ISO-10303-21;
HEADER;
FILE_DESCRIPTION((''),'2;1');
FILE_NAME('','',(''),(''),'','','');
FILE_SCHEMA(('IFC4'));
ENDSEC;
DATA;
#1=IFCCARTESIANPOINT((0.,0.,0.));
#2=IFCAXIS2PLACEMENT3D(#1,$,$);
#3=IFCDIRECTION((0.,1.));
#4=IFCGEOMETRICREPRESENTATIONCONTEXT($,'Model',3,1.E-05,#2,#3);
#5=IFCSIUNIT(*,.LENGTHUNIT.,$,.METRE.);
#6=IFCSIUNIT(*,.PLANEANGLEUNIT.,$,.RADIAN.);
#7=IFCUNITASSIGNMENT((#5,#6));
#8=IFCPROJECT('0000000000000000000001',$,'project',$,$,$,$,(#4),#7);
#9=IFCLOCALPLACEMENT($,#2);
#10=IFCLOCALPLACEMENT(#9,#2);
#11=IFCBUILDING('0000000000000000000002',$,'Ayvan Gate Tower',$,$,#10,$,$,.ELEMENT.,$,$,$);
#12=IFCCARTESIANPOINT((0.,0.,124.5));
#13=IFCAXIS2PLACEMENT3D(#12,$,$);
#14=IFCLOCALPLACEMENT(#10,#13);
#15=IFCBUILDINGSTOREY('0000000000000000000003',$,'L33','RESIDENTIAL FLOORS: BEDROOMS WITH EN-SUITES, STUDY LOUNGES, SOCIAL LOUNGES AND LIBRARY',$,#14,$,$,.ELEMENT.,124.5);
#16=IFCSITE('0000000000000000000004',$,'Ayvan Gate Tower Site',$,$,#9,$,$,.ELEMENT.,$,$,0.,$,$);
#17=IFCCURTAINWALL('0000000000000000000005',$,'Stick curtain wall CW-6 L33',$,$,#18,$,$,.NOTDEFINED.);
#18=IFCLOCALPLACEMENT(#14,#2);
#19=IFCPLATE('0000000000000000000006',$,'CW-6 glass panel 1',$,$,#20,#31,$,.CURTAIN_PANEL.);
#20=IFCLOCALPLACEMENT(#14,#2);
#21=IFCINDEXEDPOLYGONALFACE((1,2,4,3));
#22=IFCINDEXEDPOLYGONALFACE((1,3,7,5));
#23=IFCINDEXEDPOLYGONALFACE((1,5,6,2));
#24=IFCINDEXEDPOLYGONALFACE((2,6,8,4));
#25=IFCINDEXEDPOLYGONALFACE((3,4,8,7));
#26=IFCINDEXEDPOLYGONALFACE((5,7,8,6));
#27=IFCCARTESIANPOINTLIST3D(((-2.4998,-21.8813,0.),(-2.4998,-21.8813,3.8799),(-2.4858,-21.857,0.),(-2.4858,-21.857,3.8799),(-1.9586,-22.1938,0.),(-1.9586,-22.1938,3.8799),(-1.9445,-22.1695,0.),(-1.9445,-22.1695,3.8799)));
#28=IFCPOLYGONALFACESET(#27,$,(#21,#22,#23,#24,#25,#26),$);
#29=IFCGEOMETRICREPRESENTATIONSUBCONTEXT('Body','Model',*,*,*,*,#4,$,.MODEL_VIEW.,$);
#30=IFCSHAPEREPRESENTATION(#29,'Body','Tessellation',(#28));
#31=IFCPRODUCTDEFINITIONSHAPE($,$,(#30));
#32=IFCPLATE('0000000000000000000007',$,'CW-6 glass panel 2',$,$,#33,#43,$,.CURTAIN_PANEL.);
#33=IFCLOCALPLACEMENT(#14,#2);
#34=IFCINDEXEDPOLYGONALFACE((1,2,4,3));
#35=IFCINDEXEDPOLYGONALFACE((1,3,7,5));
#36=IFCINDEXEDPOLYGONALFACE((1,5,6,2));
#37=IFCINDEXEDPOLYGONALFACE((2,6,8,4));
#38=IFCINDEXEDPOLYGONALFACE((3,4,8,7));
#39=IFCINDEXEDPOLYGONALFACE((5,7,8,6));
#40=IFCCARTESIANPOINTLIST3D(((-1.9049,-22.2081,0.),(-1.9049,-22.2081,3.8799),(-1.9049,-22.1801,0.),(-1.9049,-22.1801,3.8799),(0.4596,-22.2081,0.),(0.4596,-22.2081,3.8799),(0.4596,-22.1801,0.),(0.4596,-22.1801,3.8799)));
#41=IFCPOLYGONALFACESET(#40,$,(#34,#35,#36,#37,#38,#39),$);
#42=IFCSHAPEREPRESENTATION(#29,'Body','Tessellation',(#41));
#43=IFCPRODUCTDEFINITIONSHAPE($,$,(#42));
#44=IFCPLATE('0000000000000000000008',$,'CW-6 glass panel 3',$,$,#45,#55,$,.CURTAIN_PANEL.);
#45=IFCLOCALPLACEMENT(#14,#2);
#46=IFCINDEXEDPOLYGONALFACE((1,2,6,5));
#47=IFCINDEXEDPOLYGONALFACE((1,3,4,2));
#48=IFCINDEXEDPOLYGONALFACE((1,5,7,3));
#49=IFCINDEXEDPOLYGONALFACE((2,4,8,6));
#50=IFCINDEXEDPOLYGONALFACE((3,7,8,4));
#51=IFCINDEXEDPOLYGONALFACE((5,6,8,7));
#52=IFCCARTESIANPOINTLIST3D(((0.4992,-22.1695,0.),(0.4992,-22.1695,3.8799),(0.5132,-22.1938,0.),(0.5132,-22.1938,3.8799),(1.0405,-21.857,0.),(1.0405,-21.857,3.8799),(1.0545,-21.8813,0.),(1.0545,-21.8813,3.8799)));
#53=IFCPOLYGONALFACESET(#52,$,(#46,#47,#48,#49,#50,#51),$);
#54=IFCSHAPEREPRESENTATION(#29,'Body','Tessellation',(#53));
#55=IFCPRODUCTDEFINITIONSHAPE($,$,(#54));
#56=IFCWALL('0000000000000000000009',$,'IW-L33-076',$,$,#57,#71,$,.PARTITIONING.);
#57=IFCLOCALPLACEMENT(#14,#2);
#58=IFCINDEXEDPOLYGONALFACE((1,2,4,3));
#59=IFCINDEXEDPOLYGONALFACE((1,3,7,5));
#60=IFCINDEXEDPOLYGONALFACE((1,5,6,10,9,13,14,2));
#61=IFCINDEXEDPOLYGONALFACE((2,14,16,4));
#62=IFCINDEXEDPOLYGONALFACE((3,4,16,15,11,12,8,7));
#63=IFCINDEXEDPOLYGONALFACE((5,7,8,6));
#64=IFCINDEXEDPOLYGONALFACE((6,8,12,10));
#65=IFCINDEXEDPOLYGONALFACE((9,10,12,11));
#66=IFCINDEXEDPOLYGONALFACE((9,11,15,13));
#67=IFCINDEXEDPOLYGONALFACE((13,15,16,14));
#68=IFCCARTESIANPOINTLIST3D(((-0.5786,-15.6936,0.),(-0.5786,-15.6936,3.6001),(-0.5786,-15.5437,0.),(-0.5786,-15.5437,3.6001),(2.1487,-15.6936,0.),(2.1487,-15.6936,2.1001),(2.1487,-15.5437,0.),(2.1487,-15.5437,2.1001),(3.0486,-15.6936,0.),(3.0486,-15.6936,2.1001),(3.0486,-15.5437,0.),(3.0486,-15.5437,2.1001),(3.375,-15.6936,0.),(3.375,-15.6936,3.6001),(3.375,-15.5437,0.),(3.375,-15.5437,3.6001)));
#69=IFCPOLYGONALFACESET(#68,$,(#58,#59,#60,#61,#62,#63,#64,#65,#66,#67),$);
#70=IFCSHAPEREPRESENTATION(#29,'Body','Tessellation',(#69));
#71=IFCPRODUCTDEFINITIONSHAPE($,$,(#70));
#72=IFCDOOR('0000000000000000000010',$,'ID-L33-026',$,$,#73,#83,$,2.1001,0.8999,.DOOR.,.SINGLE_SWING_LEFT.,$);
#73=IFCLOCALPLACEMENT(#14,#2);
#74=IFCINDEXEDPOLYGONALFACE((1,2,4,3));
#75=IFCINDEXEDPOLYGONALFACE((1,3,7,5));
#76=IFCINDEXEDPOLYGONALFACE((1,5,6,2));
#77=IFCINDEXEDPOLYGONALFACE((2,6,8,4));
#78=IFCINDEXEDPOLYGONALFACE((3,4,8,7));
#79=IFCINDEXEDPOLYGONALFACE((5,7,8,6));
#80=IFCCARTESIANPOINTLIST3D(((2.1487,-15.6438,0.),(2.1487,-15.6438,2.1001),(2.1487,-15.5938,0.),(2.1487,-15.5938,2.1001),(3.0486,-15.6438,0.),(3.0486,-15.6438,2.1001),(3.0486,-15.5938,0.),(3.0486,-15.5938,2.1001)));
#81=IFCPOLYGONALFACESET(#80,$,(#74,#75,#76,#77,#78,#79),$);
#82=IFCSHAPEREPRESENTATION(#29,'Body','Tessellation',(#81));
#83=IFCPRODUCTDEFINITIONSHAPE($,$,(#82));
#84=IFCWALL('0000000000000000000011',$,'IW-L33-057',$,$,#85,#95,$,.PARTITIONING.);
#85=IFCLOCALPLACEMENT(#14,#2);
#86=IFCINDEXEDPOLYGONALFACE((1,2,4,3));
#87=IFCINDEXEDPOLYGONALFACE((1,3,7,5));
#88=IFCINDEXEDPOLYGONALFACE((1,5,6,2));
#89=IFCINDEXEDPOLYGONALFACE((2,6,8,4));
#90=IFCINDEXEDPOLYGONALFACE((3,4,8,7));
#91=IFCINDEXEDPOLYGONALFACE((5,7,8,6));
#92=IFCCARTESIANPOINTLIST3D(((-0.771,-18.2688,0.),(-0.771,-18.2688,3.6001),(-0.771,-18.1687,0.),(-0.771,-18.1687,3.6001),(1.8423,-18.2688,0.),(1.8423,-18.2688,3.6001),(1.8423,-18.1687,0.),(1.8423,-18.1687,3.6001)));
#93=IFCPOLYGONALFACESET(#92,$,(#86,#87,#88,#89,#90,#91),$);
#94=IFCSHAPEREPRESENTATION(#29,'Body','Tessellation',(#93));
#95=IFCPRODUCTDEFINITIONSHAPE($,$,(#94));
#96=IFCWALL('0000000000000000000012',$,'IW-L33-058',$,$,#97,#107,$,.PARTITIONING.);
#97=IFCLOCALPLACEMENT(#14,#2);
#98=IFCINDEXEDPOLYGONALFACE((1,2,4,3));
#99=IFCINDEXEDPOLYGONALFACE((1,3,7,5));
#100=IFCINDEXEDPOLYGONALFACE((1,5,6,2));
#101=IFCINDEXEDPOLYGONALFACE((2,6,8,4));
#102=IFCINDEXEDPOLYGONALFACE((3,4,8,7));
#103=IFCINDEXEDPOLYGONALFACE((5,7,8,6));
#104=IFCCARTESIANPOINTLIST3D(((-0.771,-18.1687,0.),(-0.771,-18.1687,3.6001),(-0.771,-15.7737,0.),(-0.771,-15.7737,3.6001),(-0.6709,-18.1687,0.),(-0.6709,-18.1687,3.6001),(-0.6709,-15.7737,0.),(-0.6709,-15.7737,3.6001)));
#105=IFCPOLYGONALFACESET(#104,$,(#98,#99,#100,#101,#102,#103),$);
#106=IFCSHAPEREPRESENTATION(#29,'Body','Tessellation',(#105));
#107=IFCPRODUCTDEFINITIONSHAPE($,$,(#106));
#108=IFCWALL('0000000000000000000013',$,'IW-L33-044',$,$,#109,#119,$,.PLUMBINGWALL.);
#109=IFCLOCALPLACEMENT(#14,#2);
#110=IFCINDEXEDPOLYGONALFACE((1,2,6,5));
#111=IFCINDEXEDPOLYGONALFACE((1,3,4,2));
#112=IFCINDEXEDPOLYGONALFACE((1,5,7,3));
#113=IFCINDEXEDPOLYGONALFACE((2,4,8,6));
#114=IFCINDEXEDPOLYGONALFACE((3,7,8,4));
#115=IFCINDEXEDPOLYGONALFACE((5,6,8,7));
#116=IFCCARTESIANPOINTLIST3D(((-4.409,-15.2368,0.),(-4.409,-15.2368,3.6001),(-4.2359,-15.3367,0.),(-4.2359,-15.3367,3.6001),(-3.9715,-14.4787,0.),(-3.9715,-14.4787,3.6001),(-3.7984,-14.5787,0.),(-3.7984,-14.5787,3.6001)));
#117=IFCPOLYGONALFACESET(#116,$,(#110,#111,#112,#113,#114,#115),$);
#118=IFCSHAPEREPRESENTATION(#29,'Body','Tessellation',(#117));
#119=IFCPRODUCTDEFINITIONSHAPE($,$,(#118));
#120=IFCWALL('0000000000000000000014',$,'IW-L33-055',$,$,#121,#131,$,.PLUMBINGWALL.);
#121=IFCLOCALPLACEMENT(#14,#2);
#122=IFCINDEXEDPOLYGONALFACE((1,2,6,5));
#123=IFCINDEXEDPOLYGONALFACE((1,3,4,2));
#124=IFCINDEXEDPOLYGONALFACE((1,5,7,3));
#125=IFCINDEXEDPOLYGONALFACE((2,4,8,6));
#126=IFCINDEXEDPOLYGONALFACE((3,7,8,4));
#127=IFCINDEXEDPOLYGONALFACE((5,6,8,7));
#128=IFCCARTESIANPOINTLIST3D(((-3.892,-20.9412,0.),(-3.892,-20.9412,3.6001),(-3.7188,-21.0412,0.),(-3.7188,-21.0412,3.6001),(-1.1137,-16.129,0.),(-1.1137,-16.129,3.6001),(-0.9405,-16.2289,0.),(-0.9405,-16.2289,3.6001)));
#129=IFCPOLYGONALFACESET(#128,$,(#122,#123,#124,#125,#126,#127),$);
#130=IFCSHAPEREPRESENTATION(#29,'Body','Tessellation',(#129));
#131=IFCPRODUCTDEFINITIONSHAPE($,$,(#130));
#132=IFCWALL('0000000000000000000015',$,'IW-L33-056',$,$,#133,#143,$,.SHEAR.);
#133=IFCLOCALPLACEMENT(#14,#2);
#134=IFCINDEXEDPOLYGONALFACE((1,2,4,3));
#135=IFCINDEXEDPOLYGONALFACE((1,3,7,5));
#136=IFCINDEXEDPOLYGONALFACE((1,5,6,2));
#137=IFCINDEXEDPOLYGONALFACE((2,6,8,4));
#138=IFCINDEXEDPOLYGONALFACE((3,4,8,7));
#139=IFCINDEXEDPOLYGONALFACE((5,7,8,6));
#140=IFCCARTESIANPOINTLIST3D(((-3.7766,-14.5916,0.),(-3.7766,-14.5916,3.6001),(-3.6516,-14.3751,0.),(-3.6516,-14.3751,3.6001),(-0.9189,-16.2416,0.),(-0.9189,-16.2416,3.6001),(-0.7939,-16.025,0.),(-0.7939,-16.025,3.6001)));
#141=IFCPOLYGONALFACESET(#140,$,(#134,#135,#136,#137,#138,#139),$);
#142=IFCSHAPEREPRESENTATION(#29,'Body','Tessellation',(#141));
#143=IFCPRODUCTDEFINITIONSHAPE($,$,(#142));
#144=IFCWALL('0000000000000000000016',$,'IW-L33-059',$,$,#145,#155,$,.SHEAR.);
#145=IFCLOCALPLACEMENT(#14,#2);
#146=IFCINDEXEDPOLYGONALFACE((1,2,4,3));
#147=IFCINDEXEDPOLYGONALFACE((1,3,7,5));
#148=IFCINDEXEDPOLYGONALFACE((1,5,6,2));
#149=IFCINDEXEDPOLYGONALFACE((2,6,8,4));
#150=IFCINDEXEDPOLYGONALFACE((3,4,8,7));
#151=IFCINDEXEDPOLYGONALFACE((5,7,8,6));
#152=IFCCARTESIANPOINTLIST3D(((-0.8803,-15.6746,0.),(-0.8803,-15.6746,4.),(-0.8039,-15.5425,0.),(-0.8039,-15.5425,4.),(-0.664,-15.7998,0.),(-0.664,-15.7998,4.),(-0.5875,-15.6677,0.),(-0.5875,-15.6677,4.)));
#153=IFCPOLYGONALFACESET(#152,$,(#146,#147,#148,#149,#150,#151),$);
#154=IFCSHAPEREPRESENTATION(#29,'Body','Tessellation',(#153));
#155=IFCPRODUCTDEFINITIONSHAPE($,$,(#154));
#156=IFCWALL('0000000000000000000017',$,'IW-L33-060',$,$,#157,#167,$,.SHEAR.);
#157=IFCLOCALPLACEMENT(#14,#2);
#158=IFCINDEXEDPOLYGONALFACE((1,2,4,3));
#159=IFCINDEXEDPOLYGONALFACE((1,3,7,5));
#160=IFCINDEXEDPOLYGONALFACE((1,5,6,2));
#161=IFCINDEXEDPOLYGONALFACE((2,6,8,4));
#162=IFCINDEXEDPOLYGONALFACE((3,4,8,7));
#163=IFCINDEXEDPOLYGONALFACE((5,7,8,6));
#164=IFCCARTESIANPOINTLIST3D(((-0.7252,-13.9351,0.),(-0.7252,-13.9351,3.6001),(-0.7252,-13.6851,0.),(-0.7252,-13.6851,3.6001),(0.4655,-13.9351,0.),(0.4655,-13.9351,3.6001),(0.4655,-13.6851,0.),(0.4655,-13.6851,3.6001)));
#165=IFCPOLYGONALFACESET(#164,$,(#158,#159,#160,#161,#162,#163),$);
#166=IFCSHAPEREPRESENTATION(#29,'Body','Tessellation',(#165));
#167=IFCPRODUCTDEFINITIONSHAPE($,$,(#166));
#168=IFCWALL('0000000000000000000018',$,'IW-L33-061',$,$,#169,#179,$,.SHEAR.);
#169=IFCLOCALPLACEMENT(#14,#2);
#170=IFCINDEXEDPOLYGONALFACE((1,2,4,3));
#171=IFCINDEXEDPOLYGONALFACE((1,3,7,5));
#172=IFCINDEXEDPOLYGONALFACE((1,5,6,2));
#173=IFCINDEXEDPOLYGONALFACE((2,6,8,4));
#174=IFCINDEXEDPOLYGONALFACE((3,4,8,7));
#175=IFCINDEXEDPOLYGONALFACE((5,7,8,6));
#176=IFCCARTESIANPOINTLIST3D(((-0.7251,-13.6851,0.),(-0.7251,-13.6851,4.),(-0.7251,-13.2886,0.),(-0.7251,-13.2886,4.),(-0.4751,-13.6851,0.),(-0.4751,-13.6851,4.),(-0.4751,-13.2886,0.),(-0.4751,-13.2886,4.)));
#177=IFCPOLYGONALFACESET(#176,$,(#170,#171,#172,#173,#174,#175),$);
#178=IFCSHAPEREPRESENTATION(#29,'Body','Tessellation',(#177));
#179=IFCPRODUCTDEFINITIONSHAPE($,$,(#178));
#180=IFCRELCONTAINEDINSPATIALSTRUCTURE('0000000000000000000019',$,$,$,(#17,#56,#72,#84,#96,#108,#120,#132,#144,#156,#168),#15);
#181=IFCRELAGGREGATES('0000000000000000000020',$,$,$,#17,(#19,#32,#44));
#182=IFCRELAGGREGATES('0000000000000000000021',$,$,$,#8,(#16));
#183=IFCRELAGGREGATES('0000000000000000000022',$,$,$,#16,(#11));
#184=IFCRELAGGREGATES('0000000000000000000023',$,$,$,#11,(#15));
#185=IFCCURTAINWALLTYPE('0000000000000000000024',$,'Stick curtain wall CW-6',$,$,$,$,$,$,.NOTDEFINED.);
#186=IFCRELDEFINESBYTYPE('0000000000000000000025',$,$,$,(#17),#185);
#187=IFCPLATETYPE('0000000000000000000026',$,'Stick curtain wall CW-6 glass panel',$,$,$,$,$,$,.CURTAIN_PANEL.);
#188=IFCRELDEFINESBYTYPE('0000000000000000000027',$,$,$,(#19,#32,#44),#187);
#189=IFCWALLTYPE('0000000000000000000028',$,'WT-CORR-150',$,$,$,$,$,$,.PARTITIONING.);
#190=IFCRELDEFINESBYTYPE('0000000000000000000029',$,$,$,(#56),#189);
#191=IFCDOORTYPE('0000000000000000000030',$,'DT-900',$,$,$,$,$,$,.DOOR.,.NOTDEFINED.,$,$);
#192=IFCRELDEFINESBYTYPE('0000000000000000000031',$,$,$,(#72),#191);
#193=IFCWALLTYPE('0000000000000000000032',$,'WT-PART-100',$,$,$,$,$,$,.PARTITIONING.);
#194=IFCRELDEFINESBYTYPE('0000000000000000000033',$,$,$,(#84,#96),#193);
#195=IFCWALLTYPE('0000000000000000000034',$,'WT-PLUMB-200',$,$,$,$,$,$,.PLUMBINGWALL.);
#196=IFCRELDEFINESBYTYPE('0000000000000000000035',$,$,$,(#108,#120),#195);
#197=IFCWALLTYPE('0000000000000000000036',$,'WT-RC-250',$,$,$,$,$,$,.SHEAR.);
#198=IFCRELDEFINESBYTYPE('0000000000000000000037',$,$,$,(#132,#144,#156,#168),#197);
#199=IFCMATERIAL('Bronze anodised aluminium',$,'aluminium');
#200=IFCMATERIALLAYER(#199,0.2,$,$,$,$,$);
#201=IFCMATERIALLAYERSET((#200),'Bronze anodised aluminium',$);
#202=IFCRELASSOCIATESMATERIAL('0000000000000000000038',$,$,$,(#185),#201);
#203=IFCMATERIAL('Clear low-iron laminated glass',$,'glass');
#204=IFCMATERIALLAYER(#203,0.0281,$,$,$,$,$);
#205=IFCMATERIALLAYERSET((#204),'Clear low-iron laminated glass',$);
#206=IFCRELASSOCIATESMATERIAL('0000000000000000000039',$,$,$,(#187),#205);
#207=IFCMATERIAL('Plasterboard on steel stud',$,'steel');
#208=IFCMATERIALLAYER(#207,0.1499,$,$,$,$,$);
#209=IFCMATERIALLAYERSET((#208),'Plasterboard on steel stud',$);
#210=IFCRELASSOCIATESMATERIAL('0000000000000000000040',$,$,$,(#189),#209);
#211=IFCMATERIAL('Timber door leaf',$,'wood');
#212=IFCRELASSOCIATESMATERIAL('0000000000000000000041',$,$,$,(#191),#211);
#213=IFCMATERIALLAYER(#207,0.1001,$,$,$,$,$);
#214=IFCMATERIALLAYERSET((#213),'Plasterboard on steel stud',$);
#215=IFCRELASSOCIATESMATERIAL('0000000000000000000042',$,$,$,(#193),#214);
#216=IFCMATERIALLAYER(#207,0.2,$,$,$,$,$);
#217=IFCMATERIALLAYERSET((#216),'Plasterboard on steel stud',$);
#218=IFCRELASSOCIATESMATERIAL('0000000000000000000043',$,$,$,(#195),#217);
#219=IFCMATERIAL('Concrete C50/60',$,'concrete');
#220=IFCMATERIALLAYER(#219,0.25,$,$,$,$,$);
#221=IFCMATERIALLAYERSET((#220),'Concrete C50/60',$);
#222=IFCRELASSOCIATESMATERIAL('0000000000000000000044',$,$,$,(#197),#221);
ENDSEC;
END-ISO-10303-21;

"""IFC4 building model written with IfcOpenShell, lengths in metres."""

from ifc_helpers import new_model, si_unit, direction, frame, frame_2d, origin, origin_2d, place, context, subcontext, project, spatial, rectangle, extrude, material, layer, layer_set, type_object, element, fill, aggregate, save


model = new_model("IFC4")

# Units and contexts
model_context = context("Model", 3, precision=1e-05, world=origin(), true_north=direction((0.0, 1.0)))
body_context = subcontext(model_context, "Body", "Model", "MODEL_VIEW")
ifc_project = project(units=[si_unit("LENGTHUNIT", "METRE"), si_unit("PLANEANGLEUNIT", "RADIAN")], contexts=[model_context])

# Site, building, storey
site_placement = place(None, origin())
site = spatial("IfcSite", under=ifc_project, at=site_placement, Name="Ayvan Gate Tower Site", CompositionType="ELEMENT", RefElevation=0.0)
building_placement = place(site_placement, origin())
building = spatial("IfcBuilding", under=site, at=building_placement, Name="Ayvan Gate Tower", CompositionType="ELEMENT")
storey_placement = place(building_placement, frame((0.0, 0.0, 124.5)))
storey = spatial("IfcBuildingStorey", under=building, at=storey_placement, Name="L33", Description="RESIDENTIAL FLOORS: BEDROOMS WITH EN-SUITES, STUDY LOUNGES, SOCIAL LOUNGES AND LIBRARY", CompositionType="ELEMENT", Elevation=124.5)

# Shared definitions
ifc_material_1 = material(Name="Bronze anodised aluminium", Category="aluminium")

# Curtain wall
ifc_layer_1 = layer(ifc_material_1, 0.2)
ifc_layer_set_1 = layer_set([ifc_layer_1], Name="Bronze anodised aluminium")
curtain_wall_type_1 = type_object("IfcCurtainWallType", Name="Stick curtain wall CW-6", PredefinedType="NOTDEFINED", material=ifc_layer_set_1)
curtain_wall_1_placement = place(storey_placement, origin())
curtain_wall_1 = element("IfcCurtainWall", 1, at=curtain_wall_1_placement, inside=storey, type_object=curtain_wall_type_1, Name="Stick curtain wall CW-6 L33", PredefinedType="NOTDEFINED")

# Plates
ifc_material_2 = material(Name="Clear low-iron laminated glass", Category="glass")
ifc_layer_2 = layer(ifc_material_2, 0.0281)
ifc_layer_set_2 = layer_set([ifc_layer_2], Name="Clear low-iron laminated glass")
plate_type_1 = type_object("IfcPlateType", Name="Stick curtain wall CW-6 glass panel", PredefinedType="CURTAIN_PANEL", material=ifc_layer_set_2)
plate_1_placement = place(storey_placement, frame((-2.2222, -22.0254, 0.0), z_axis=(0.0, 0.0, 1.0), x_axis=(0.866025, -0.5, 0.0)))
plate_1 = element("IfcPlate", 2, at=plate_1_placement, type_object=plate_type_1, Name="CW-6 glass panel 1", PredefinedType="CURTAIN_PANEL", context=body_context, shape_type="SweptSolid", body=[
    extrude(rectangle(XDim=0.625, YDim=0.0281, at=origin_2d()), origin(), (0.0, 0.0, 1.0), 3.8799),
])
plate_2_placement = place(storey_placement, frame((-0.7227, -22.1941, 0.0), z_axis=(0.0, 0.0, 1.0), x_axis=(1.0, 0.0, 0.0)))
plate_2 = element("IfcPlate", 3, at=plate_2_placement, type_object=plate_type_1, Name="CW-6 glass panel 2", PredefinedType="CURTAIN_PANEL", context=body_context, shape_type="SweptSolid", body=[
    extrude(rectangle(XDim=2.3645, YDim=0.0281, at=origin_2d()), origin(), (0.0, 0.0, 1.0), 3.8799),
])
plate_3_placement = place(storey_placement, frame((0.7769, -22.0254, 0.0), z_axis=(0.0, 0.0, 1.0), x_axis=(0.866025, 0.5, 0.0)))
plate_3 = element("IfcPlate", 4, at=plate_3_placement, type_object=plate_type_1, Name="CW-6 glass panel 3", PredefinedType="CURTAIN_PANEL", context=body_context, shape_type="SweptSolid", body=[
    extrude(rectangle(XDim=0.625, YDim=0.0281, at=origin_2d()), origin(), (0.0, 0.0, 1.0), 3.8799),
])
aggregate(curtain_wall_1, [plate_1, plate_2, plate_3])

# Wall, opening, door
ifc_material_3 = material(Name="Plasterboard on steel stud", Category="steel")
ifc_layer_3 = layer(ifc_material_3, 0.1499)
ifc_layer_set_3 = layer_set([ifc_layer_3], Name="Plasterboard on steel stud")
wall_type_1 = type_object("IfcWallType", Name="WT-CORR-150", PredefinedType="PARTITIONING", material=ifc_layer_set_3)
wall_1_placement = place(storey_placement, frame((-0.5786, -15.6187, 0.0), z_axis=(0.0, 0.0, 1.0), x_axis=(1.0, 0.0, 0.0)))
wall_1 = element("IfcWall", 5, at=wall_1_placement, inside=storey, type_object=wall_type_1, Name="IW-L33-076", PredefinedType="PARTITIONING", context=body_context, shape_type="SweptSolid", body=[
    extrude(rectangle(XDim=3.9536, YDim=0.1499, at=frame_2d((1.9768, 0.0))), origin(), (0.0, 0.0, 1.0), 3.6001),
])
opening_placement = place(wall_1_placement, frame((2.7273, 0.0, 0.0)))
opening = element("IfcOpeningElement", 6, at=opening_placement, cuts=wall_1, PredefinedType="OPENING", context=body_context, shape_type="SweptSolid", body=[
    extrude(rectangle(XDim=0.8999, YDim=2.1001, at=frame_2d((0.45, 1.05))), frame((0.0, 0.085, 0.0), z_axis=(0.0, -1.0, 0.0), x_axis=(1.0, 0.0, 0.0)), (0.0, 0.0, 1.0), 0.1699),
])
ifc_material_4 = material(Name="Timber door leaf", Category="wood")
door_type = type_object("IfcDoorType", Name="DT-900", OperationType="NOTDEFINED", PredefinedType="DOOR", material=ifc_material_4)
door_placement = place(opening_placement, origin())
door = element("IfcDoor", 7, at=door_placement, inside=storey, type_object=door_type, Name="ID-L33-026", OperationType="SINGLE_SWING_LEFT", OverallHeight=2.1001, OverallWidth=0.8999, PredefinedType="DOOR", context=body_context, shape_type="SweptSolid", body=[
    extrude(rectangle(XDim=0.8999, YDim=2.1001, at=frame_2d((0.45, 1.05))), frame((0.0, 0.0249, 0.0), z_axis=(0.0, -1.0, 0.0), x_axis=(1.0, 0.0, 0.0)), (0.0, 0.0, 1.0), 0.05),
])
fill(opening, door)

# Walls
ifc_layer_4 = layer(ifc_material_3, 0.1001)
ifc_layer_set_4 = layer_set([ifc_layer_4], Name="Plasterboard on steel stud")
wall_type_2 = type_object("IfcWallType", Name="WT-PART-100", PredefinedType="PARTITIONING", material=ifc_layer_set_4)
wall_2_placement = place(storey_placement, frame((-0.771, -18.2188, 0.0), z_axis=(0.0, 0.0, 1.0), x_axis=(1.0, 0.0, 0.0)))
element("IfcWall", 8, at=wall_2_placement, inside=storey, type_object=wall_type_2, Name="IW-L33-057", PredefinedType="PARTITIONING", context=body_context, shape_type="SweptSolid", body=[
    extrude(rectangle(XDim=2.6133, YDim=0.1001, at=frame_2d((1.3066, 0.0))), origin(), (0.0, 0.0, 1.0), 3.6001),
])
wall_3_placement = place(storey_placement, frame((-0.7209, -15.7737, 0.0), z_axis=(0.0, 0.0, 1.0), x_axis=(0.0, -1.0, 0.0)))
element("IfcWall", 9, at=wall_3_placement, inside=storey, type_object=wall_type_2, Name="IW-L33-058", PredefinedType="PARTITIONING", context=body_context, shape_type="SweptSolid", body=[
    extrude(rectangle(XDim=2.395, YDim=0.1001, at=frame_2d((1.1975, 0.0))), origin(), (0.0, 0.0, 1.0), 3.6001),
])
ifc_layer_5 = layer(ifc_material_3, 0.2)
ifc_layer_set_5 = layer_set([ifc_layer_5], Name="Plasterboard on steel stud")
wall_type_3 = type_object("IfcWallType", Name="WT-PLUMB-200", PredefinedType="PLUMBINGWALL", material=ifc_layer_set_5)
wall_4_placement = place(storey_placement, frame((-3.885, -14.5288, 0.0), z_axis=(0.0, 0.0, 1.0), x_axis=(-0.499859, -0.866107, 0.0)))
element("IfcWall", 10, at=wall_4_placement, inside=storey, type_object=wall_type_3, Name="IW-L33-044", PredefinedType="PLUMBINGWALL", context=body_context, shape_type="SweptSolid", body=[
    extrude(rectangle(XDim=0.8752, YDim=0.2, at=frame_2d((0.4375, 0.0))), origin(), (0.0, 0.0, 1.0), 3.6001),
])
wall_5_placement = place(storey_placement, frame((-1.0271, -16.179, 0.0), z_axis=(0.0, 0.0, 1.0), x_axis=(-0.499995, -0.866028, 0.0)))
element("IfcWall", 11, at=wall_5_placement, inside=storey, type_object=wall_type_3, Name="IW-L33-055", PredefinedType="PLUMBINGWALL", context=body_context, shape_type="SweptSolid", body=[
    extrude(rectangle(XDim=5.5566, YDim=0.2, at=frame_2d((2.7783, 0.0))), origin(), (0.0, 0.0, 1.0), 3.6001),
])
ifc_material_5 = material(Name="Concrete C50/60", Category="concrete")
ifc_layer_6 = layer(ifc_material_5, 0.25)
ifc_layer_set_6 = layer_set([ifc_layer_6], Name="Concrete C50/60")
wall_type_4 = type_object("IfcWallType", Name="WT-RC-250", PredefinedType="SHEAR", material=ifc_layer_set_6)
wall_6_placement = place(storey_placement, frame((-0.8564, -16.1333, 0.0), z_axis=(0.0, 0.0, 1.0), x_axis=(-0.866022, 0.500006, 0.0)))
element("IfcWall", 12, at=wall_6_placement, inside=storey, type_object=wall_type_4, Name="IW-L33-056", PredefinedType="SHEAR", context=body_context, shape_type="SweptSolid", body=[
    extrude(rectangle(XDim=3.2998, YDim=0.25, at=frame_2d((1.6499, 0.0))), origin(), (0.0, 0.0, 1.0), 3.6001),
])
wall_7_placement = place(storey_placement, frame((-0.6958, -15.6052, 0.0), z_axis=(0.0, 0.0, 1.0), x_axis=(-0.500784, -0.865572, 0.0)))
element("IfcWall", 13, at=wall_7_placement, inside=storey, type_object=wall_type_4, Name="IW-L33-059", PredefinedType="SHEAR", context=body_context, shape_type="SweptSolid", body=[
    extrude(rectangle(XDim=0.1526, YDim=0.25, at=frame_2d((0.0762, 0.0))), origin(), (0.0, 0.0, 1.0), 4.0),
])
wall_8_placement = place(storey_placement, frame((-0.7251, -13.8101, 0.0), z_axis=(0.0, 0.0, 1.0), x_axis=(1.0, 0.0, 0.0)))
element("IfcWall", 14, at=wall_8_placement, inside=storey, type_object=wall_type_4, Name="IW-L33-060", PredefinedType="SHEAR", context=body_context, shape_type="SweptSolid", body=[
    extrude(rectangle(XDim=1.1907, YDim=0.25, at=frame_2d((0.5952, 0.0))), origin(), (0.0, 0.0, 1.0), 3.6001),
])
wall_9_placement = place(storey_placement, frame((-0.6001, -13.2886, 0.0), z_axis=(0.0, 0.0, 1.0), x_axis=(0.0, -1.0, 0.0)))
element("IfcWall", 15, at=wall_9_placement, inside=storey, type_object=wall_type_4, Name="IW-L33-061", PredefinedType="SHEAR", context=body_context, shape_type="SweptSolid", body=[
    extrude(rectangle(XDim=0.3965, YDim=0.25, at=frame_2d((0.1982, 0.0))), origin(), (0.0, 0.0, 1.0), 4.0),
])

save(model, "model.ifc")
